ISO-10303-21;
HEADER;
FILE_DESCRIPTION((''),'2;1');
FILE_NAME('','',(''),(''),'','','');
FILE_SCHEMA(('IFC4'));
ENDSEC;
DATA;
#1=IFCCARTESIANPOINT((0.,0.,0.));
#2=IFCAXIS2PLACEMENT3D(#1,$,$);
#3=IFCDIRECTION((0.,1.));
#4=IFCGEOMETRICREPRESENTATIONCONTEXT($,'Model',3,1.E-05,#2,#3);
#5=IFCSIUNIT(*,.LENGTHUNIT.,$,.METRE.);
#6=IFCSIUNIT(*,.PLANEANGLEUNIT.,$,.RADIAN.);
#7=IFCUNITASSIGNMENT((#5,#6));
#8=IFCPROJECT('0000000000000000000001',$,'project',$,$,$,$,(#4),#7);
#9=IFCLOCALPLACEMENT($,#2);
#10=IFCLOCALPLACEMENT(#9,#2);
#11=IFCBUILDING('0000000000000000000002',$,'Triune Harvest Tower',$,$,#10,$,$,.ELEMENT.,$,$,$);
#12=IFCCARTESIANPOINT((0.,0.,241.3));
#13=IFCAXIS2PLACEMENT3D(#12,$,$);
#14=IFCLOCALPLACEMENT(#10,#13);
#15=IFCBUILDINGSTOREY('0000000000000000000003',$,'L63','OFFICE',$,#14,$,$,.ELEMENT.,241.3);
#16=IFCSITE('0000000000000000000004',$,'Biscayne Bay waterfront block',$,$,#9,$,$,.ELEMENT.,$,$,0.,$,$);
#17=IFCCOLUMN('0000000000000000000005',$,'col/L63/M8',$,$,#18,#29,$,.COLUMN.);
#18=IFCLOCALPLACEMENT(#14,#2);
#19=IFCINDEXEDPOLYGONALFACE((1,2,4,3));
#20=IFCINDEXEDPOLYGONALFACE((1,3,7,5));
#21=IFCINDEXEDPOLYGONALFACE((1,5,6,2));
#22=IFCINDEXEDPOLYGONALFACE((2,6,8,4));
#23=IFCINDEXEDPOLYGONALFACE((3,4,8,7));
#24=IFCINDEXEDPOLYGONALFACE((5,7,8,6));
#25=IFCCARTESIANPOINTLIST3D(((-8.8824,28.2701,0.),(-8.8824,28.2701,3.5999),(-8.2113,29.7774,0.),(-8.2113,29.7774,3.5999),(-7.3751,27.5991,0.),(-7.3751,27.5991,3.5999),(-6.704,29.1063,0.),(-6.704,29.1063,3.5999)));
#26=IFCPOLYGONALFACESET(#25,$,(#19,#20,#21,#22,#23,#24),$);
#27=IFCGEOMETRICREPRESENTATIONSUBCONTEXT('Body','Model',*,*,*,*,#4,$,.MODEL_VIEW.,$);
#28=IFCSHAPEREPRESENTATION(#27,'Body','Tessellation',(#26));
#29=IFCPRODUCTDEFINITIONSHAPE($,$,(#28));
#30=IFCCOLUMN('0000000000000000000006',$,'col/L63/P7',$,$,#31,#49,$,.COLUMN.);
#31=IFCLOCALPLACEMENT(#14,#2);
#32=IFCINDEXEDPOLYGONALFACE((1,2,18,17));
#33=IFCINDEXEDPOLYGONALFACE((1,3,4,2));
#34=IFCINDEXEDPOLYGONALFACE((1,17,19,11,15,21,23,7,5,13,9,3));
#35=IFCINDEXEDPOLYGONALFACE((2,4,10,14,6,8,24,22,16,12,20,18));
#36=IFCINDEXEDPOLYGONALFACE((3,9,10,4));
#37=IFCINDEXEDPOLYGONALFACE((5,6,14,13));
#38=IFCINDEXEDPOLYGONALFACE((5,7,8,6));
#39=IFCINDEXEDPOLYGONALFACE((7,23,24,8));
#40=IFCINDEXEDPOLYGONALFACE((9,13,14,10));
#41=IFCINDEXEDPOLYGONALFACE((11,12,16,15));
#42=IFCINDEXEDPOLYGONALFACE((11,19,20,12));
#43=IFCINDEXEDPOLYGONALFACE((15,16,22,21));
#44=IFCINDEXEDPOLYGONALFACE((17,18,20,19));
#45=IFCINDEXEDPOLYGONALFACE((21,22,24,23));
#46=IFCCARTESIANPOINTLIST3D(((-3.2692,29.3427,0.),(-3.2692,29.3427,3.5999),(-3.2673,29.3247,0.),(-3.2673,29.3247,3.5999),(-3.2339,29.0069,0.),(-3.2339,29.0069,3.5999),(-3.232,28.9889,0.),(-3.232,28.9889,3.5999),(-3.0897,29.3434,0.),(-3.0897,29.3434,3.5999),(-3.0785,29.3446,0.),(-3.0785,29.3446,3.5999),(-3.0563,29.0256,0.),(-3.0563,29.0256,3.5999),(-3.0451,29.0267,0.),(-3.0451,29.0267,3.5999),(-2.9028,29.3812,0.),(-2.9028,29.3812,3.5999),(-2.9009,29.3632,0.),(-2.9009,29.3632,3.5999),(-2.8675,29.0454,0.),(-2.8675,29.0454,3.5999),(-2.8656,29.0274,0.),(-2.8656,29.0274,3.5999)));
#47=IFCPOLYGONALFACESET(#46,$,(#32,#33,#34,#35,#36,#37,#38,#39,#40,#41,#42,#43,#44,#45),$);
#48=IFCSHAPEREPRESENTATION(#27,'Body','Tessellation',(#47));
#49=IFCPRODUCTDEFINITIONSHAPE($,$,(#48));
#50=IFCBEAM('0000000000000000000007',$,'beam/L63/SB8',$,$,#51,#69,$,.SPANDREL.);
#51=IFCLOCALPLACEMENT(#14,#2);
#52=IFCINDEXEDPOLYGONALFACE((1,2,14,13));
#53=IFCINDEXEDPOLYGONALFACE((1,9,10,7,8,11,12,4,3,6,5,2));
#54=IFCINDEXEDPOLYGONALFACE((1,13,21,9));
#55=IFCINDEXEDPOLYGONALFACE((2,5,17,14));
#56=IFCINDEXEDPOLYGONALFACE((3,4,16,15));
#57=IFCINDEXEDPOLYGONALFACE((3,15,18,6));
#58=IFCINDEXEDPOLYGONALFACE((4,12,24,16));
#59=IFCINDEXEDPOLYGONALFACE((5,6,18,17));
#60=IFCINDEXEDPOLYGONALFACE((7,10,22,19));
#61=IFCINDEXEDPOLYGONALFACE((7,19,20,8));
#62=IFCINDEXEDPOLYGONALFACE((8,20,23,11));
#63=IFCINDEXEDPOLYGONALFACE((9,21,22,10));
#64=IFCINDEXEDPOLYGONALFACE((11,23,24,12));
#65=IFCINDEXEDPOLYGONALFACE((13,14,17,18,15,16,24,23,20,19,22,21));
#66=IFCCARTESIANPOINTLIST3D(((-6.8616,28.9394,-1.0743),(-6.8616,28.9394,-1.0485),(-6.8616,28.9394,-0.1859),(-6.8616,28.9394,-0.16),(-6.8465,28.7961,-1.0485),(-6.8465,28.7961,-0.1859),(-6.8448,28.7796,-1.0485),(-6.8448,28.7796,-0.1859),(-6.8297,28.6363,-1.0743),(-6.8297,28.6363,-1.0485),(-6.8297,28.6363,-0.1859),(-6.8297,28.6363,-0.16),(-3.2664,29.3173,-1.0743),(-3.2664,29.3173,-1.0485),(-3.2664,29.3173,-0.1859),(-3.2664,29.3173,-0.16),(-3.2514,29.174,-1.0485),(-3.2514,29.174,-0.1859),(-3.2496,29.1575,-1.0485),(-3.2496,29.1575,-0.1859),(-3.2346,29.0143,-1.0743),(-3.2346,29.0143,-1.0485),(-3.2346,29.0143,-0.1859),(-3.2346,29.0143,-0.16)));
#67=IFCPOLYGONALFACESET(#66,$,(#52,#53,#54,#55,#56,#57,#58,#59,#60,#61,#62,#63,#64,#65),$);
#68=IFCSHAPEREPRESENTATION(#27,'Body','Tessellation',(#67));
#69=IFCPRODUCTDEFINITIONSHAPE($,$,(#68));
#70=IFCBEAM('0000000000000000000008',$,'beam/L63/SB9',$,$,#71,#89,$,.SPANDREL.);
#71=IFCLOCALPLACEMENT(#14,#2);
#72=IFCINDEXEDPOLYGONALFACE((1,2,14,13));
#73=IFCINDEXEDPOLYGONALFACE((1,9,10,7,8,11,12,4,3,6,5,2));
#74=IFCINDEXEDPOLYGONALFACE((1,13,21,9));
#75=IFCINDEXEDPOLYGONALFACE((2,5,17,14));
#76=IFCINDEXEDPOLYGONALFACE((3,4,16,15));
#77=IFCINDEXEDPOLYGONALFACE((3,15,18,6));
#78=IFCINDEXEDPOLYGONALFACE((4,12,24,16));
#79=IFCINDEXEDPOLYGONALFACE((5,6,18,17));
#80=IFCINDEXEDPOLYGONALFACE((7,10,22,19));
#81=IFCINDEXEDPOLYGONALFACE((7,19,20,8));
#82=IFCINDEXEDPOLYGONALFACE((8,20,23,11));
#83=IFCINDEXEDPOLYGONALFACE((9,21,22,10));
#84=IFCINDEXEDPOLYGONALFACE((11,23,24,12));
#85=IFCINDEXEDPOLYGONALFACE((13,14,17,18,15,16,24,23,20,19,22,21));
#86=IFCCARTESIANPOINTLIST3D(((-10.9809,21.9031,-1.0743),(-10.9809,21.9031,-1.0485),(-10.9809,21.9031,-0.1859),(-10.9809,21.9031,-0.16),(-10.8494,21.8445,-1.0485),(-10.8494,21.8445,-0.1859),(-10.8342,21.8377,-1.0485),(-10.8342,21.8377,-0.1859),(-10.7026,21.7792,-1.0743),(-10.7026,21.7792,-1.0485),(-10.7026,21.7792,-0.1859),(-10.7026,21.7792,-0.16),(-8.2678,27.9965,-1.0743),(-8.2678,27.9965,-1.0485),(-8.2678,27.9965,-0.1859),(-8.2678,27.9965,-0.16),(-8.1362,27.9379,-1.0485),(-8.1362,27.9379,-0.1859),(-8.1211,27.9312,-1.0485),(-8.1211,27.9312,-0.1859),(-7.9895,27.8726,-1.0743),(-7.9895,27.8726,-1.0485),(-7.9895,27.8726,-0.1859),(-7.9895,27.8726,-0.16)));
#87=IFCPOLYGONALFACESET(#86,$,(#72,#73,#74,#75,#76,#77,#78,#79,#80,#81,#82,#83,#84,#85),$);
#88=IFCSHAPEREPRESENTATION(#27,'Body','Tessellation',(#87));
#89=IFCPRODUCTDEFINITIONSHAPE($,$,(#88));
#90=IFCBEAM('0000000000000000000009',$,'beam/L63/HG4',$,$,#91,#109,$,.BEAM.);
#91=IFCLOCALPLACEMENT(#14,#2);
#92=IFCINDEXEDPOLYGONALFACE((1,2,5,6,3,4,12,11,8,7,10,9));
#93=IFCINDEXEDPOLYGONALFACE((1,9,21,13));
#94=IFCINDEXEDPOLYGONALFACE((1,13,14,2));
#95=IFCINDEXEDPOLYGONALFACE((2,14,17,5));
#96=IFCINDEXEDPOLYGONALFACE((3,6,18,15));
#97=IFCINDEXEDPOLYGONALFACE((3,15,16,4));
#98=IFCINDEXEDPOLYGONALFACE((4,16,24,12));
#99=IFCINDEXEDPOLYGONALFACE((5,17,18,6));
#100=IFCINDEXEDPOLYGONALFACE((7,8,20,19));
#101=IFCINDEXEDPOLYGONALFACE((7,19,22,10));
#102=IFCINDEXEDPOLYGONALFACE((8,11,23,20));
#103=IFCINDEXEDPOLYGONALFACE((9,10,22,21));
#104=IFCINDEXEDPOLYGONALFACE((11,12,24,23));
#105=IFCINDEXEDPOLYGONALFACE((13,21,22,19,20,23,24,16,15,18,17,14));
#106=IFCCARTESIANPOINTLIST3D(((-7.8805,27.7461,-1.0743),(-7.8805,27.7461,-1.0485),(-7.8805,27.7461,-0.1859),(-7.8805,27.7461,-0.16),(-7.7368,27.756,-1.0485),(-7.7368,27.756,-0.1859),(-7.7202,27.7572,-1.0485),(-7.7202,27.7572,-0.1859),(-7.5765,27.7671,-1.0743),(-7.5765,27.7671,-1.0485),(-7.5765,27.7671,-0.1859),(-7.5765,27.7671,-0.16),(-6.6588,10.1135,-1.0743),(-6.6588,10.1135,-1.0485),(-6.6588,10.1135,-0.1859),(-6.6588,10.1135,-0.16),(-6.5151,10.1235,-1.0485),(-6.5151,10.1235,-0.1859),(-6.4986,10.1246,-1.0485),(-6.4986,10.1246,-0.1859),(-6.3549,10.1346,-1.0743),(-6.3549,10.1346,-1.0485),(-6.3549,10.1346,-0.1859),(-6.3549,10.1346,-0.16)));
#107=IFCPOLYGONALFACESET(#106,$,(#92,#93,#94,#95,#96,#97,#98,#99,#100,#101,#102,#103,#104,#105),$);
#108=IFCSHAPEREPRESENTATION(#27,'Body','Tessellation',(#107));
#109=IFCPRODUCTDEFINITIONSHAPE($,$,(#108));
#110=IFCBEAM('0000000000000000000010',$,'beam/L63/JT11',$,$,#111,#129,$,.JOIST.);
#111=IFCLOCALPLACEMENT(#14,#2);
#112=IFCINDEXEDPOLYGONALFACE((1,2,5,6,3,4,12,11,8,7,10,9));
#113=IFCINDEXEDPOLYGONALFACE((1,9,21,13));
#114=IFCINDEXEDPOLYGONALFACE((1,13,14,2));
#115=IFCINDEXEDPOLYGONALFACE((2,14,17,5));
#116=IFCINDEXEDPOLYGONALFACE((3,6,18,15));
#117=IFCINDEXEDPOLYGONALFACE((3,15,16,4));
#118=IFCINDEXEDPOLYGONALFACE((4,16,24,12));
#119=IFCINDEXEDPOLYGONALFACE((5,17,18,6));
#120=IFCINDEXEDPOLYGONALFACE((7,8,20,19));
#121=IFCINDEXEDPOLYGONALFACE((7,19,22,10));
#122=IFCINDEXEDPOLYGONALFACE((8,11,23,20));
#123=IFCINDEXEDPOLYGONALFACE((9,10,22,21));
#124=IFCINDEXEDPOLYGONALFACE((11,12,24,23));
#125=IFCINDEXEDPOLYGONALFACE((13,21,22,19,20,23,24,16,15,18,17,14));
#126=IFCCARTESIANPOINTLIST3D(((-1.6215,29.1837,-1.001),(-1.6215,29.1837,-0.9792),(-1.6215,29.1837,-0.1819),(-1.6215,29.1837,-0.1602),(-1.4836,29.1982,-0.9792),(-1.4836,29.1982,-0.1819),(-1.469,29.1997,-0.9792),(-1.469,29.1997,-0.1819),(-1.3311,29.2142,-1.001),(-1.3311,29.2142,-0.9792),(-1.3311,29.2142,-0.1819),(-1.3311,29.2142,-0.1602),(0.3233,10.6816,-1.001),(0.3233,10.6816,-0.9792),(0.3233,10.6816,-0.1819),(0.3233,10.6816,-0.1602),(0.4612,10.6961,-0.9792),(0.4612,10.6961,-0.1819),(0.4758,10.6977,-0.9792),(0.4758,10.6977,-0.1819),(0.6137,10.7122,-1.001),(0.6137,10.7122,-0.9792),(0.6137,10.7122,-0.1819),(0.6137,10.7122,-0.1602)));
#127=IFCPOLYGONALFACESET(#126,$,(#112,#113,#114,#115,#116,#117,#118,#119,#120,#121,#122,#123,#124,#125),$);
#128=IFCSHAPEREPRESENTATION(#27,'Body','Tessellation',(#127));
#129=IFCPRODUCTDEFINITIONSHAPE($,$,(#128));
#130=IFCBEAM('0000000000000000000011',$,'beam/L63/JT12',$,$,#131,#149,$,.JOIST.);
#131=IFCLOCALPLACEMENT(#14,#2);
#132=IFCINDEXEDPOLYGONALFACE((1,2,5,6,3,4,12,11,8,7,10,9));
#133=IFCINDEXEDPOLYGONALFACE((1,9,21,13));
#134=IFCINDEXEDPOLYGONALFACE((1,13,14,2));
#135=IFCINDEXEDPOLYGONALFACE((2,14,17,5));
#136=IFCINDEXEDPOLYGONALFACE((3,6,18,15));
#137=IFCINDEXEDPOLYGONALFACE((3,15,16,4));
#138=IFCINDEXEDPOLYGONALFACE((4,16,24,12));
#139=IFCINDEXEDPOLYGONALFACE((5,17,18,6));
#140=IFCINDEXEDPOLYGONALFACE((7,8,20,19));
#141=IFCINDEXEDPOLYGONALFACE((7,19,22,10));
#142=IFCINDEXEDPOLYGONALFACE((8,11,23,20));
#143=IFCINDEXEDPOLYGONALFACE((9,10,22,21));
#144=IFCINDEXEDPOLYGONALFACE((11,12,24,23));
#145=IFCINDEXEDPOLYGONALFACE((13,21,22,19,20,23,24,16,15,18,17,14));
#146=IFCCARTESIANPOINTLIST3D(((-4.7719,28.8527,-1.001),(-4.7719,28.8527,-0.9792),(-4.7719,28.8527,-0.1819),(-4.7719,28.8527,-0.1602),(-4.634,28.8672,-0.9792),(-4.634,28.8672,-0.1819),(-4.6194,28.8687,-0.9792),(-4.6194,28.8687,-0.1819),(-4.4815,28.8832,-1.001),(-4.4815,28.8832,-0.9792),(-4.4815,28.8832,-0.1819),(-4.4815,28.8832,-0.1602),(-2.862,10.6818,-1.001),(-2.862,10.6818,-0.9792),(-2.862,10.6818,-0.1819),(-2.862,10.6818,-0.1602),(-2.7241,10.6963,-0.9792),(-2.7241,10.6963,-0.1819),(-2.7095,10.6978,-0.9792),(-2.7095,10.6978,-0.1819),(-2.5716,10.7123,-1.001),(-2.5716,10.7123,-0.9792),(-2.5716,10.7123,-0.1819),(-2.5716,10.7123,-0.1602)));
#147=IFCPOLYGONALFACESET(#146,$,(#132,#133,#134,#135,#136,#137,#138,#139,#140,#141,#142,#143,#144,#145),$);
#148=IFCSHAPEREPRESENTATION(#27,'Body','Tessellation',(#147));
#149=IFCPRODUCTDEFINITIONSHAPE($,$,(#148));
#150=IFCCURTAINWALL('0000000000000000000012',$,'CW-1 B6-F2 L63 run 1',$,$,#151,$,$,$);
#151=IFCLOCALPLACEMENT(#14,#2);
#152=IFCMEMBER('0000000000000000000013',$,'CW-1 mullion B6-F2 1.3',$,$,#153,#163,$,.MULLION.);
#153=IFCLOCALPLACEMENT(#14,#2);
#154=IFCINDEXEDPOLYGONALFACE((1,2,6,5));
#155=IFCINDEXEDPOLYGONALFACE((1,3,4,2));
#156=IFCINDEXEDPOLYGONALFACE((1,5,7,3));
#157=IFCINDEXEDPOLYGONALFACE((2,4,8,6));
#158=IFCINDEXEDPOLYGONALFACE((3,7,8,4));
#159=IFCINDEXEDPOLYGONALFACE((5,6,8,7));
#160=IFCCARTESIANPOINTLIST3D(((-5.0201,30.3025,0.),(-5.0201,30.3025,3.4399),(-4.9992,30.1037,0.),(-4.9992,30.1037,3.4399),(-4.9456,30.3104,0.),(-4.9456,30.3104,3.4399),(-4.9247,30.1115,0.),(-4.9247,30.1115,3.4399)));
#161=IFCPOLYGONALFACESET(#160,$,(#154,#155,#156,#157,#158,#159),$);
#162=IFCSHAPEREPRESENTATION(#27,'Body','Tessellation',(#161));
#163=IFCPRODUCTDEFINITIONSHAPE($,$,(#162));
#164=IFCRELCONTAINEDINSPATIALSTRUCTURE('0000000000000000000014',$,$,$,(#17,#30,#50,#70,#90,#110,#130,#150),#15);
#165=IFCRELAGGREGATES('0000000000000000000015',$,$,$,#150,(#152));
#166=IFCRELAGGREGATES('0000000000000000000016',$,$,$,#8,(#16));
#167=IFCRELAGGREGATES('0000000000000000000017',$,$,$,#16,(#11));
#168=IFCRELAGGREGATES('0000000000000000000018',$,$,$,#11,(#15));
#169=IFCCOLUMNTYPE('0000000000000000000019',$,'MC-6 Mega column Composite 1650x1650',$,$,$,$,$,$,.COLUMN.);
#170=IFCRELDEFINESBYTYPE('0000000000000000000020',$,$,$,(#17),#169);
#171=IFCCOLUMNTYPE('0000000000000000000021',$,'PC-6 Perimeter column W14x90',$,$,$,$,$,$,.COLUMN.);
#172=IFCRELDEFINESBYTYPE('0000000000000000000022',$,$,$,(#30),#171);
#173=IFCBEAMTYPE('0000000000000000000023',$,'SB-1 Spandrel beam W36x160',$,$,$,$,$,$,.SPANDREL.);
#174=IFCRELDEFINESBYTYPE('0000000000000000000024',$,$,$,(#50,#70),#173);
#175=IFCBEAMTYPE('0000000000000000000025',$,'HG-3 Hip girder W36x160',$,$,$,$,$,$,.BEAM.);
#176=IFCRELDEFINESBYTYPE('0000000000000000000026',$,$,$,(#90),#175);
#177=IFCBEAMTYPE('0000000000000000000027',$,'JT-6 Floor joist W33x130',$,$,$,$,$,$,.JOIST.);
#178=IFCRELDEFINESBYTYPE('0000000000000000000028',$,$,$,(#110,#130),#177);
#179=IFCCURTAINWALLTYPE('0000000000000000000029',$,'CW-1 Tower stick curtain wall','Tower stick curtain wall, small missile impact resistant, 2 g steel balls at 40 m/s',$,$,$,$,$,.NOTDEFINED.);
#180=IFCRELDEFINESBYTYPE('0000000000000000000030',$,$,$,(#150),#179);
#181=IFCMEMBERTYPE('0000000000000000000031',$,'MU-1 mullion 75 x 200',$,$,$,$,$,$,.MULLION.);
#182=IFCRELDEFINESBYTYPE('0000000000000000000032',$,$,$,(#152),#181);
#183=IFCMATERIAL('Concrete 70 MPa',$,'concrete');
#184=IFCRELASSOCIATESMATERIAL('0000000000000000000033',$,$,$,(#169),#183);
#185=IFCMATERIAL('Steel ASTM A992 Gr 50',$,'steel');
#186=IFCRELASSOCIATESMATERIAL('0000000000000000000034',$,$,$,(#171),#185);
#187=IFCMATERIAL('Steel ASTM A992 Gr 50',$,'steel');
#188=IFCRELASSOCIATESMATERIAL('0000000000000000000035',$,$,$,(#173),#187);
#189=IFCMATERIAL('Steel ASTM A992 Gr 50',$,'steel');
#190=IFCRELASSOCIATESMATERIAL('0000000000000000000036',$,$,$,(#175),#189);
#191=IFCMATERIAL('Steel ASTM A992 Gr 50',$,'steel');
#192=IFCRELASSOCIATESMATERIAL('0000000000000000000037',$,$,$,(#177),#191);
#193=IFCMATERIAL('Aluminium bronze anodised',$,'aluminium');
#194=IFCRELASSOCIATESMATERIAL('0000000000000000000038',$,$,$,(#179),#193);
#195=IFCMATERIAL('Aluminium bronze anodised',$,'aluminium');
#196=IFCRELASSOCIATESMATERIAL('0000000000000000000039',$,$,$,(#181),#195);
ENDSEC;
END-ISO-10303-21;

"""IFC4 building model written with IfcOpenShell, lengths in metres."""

from ifc_helpers import new_model, si_unit, direction, frame, origin, origin_2d, place, context, subcontext, project, spatial, rectangle, i_section, extrude, source, transform, mapped, material, material_profile, profile_set, type_object, element, aggregate, save


model = new_model("IFC4")

# Units and contexts
model_context = context("Model", 3, precision=1e-05, world=origin(), true_north=direction((0.0, 1.0)))
body_context = subcontext(model_context, "Body", "Model", "MODEL_VIEW")
ifc_project = project(units=[si_unit("LENGTHUNIT", "METRE"), si_unit("PLANEANGLEUNIT", "RADIAN")], contexts=[model_context])

# Site, building, storey
site_placement = place(None, origin())
site = spatial("IfcSite", under=ifc_project, at=site_placement, Name="Biscayne Bay waterfront block", CompositionType="ELEMENT", RefElevation=0.0)
building_placement = place(site_placement, origin())
building = spatial("IfcBuilding", under=site, at=building_placement, Name="Triune Harvest Tower", CompositionType="ELEMENT")
storey_placement = place(building_placement, frame((0.0, 0.0, 241.3)))
storey = spatial("IfcBuildingStorey", under=building, at=storey_placement, Name="L63", Description="OFFICE", CompositionType="ELEMENT", Elevation=241.3)

# Columns
ifc_material_1 = material(Name="Concrete 70 MPa", Category="concrete")
ifc_material_profile_1 = material_profile(ifc_material_1, rectangle(XDim=1.6499, YDim=1.6499, at=origin_2d()), Name="Composite 1650x1650")
ifc_profile_set_1 = profile_set([ifc_material_profile_1], Name="Concrete 70 MPa")
column_type_1 = type_object("IfcColumnType", Name="MC-6 Mega column Composite 1650x1650", PredefinedType="COLUMN", material=ifc_profile_set_1)
shared_shape_1 = source(origin(), body_context, "Body", "SweptSolid", [
    extrude(rectangle(XDim=1.6499, YDim=1.6499, at=origin_2d()), origin(), (0.0, 0.0, 1.0), 3.5999),
])
column_1_placement = place(storey_placement, frame((-7.7932, 28.6882, 0.0), z_axis=(0.0, 0.0, 1.0), x_axis=(-0.406738, -0.913545, 0.0)))
element("IfcColumn", 1, at=column_1_placement, inside=storey, type_object=column_type_1, Name="col/L63/M8", PredefinedType="COLUMN", context=body_context, shape_type="MappedRepresentation", body=[
    mapped(shared_shape_1, transform((0.0, 0.0, 0.0), scale=1.0)),
])
ifc_material_2 = material(Name="Steel ASTM A992 Gr 50", Category="steel")
ifc_material_profile_2 = material_profile(ifc_material_2, i_section(OverallWidth=0.3684, OverallDepth=0.3557, WebThickness=0.0112, FlangeThickness=0.0181, at=origin_2d()), Name="W14x90")
ifc_profile_set_2 = profile_set([ifc_material_profile_2], Name="Steel ASTM A992 Gr 50")
column_type_2 = type_object("IfcColumnType", Name="PC-6 Perimeter column W14x90", PredefinedType="COLUMN", material=ifc_profile_set_2)
shared_shape_2 = source(origin(), body_context, "Body", "SweptSolid", [
    extrude(i_section(OverallWidth=0.3684, OverallDepth=0.3557, WebThickness=0.0112, FlangeThickness=0.0181, at=origin_2d()), origin(), (0.0, 0.0, 1.0), 3.5999),
])
column_2_placement = place(storey_placement, frame((-3.0674, 29.1851, 0.0), z_axis=(0.0, 0.0, 1.0), x_axis=(-0.994522, -0.104528, 0.0)))
element("IfcColumn", 2, at=column_2_placement, inside=storey, type_object=column_type_2, Name="col/L63/P7", PredefinedType="COLUMN", context=body_context, shape_type="MappedRepresentation", body=[
    mapped(shared_shape_2, transform((0.0, 0.0, 0.0), scale=1.0)),
])

# Beams
ifc_material_3 = material(Name="Steel ASTM A992 Gr 50", Category="steel")
ifc_material_profile_3 = material_profile(ifc_material_3, i_section(OverallWidth=0.3047, OverallDepth=0.9143, WebThickness=0.0166, FlangeThickness=0.0259, at=origin_2d()), Name="W36x160")
ifc_profile_set_3 = profile_set([ifc_material_profile_3], Name="Steel ASTM A992 Gr 50")
beam_type_1 = type_object("IfcBeamType", Name="SB-1 Spandrel beam W36x160", PredefinedType="SPANDREL", material=ifc_profile_set_3)
shared_shape_3 = source(origin(), body_context, "Body", "SweptSolid", [
    extrude(i_section(OverallWidth=0.3047, OverallDepth=0.9143, WebThickness=0.0166, FlangeThickness=0.0259, at=origin_2d()), origin(), (0.0, 0.0, 1.0), 3.615),
])
beam_1_placement = place(storey_placement, frame((-3.2505, 29.1658, -0.6172), z_axis=(-0.99452, -0.104544, 0.0), x_axis=(0.104544, -0.99452, 0.0)))
element("IfcBeam", 3, at=beam_1_placement, inside=storey, type_object=beam_type_1, Name="beam/L63/SB8", PredefinedType="SPANDREL", context=body_context, shape_type="MappedRepresentation", body=[
    mapped(shared_shape_3, transform((0.0, 0.0, 0.0), scale=1.0)),
])
shared_shape_4 = source(origin(), body_context, "Body", "SweptSolid", [
    extrude(i_section(OverallWidth=0.3047, OverallDepth=0.9143, WebThickness=0.0166, FlangeThickness=0.0259, at=origin_2d()), origin(), (0.0, 0.0, 1.0), 6.6702),
])
beam_2_placement = place(storey_placement, frame((-8.1287, 27.9346, -0.6172), z_axis=(-0.406753, -0.913538, 0.0), x_axis=(0.913538, -0.406753, 0.0)))
element("IfcBeam", 4, at=beam_2_placement, inside=storey, type_object=beam_type_1, Name="beam/L63/SB9", PredefinedType="SPANDREL", context=body_context, shape_type="MappedRepresentation", body=[
    mapped(shared_shape_4, transform((0.0, 0.0, 0.0), scale=1.0)),
])
ifc_material_4 = material(Name="Steel ASTM A992 Gr 50", Category="steel")
ifc_material_profile_4 = material_profile(ifc_material_4, i_section(OverallWidth=0.3047, OverallDepth=0.9143, WebThickness=0.0166, FlangeThickness=0.0259, at=origin_2d()), Name="W36x160")
ifc_profile_set_4 = profile_set([ifc_material_profile_4], Name="Steel ASTM A992 Gr 50")
beam_type_2 = type_object("IfcBeamType", Name="HG-3 Hip girder W36x160", PredefinedType="BEAM", material=ifc_profile_set_4)
shared_shape_5 = source(origin(), body_context, "Body", "SweptSolid", [
    extrude(i_section(OverallWidth=0.3047, OverallDepth=0.9143, WebThickness=0.0166, FlangeThickness=0.0259, at=origin_2d()), origin(), (0.0, 0.0, 1.0), 17.6748),
])
beam_3_placement = place(storey_placement, frame((-7.7285, 27.7566, -0.6172), z_axis=(0.06912, -0.997608, 0.0), x_axis=(0.997608, 0.06912, 0.0)))
element("IfcBeam", 5, at=beam_3_placement, inside=storey, type_object=beam_type_2, Name="beam/L63/HG4", PredefinedType="BEAM", context=body_context, shape_type="MappedRepresentation", body=[
    mapped(shared_shape_5, transform((0.0, 0.0, 0.0), scale=1.0)),
])
ifc_material_5 = material(Name="Steel ASTM A992 Gr 50", Category="steel")
ifc_material_profile_5 = material_profile(ifc_material_5, i_section(OverallWidth=0.292, OverallDepth=0.8408, WebThickness=0.0146, FlangeThickness=0.0217, at=origin_2d()), Name="W33x130")
ifc_profile_set_5 = profile_set([ifc_material_profile_5], Name="Steel ASTM A992 Gr 50")
beam_type_3 = type_object("IfcBeamType", Name="JT-6 Floor joist W33x130", PredefinedType="JOIST", material=ifc_profile_set_5)
shared_shape_6 = source(origin(), body_context, "Body", "SweptSolid", [
    extrude(i_section(OverallWidth=0.292, OverallDepth=0.8408, WebThickness=0.0146, FlangeThickness=0.0217, at=origin_2d()), origin(), (0.0, 0.0, 1.0), 18.604),
])
beam_4_placement = place(storey_placement, frame((-1.4763, 29.199, -0.5806), z_axis=(0.104539, -0.994521, 0.0), x_axis=(0.994521, 0.104539, 0.0)))
element("IfcBeam", 6, at=beam_4_placement, inside=storey, type_object=beam_type_3, Name="beam/L63/JT11", PredefinedType="JOIST", context=body_context, shape_type="MappedRepresentation", body=[
    mapped(shared_shape_6, transform((0.0, 0.0, 0.0), scale=1.0)),
])
shared_shape_7 = source(origin(), body_context, "Body", "SweptSolid", [
    extrude(i_section(OverallWidth=0.292, OverallDepth=0.8408, WebThickness=0.0146, FlangeThickness=0.0217, at=origin_2d()), origin(), (0.0, 0.0, 1.0), 18.271),
])
beam_5_placement = place(storey_placement, frame((-4.6267, 28.8679, -0.5806), z_axis=(0.104532, -0.994521, 0.0), x_axis=(0.994521, 0.104532, 0.0)))
element("IfcBeam", 7, at=beam_5_placement, inside=storey, type_object=beam_type_3, Name="beam/L63/JT12", PredefinedType="JOIST", context=body_context, shape_type="MappedRepresentation", body=[
    mapped(shared_shape_7, transform((0.0, 0.0, 0.0), scale=1.0)),
])

# Curtain wall, member
ifc_material_6 = material(Name="Aluminium bronze anodised", Category="aluminium")
curtain_wall_type_1 = type_object("IfcCurtainWallType", Name="CW-1 Tower stick curtain wall", Description="Tower stick curtain wall, small missile impact resistant, 2 g steel balls at 40 m/s", PredefinedType="NOTDEFINED", material=ifc_material_6)
curtain_wall_1_placement = place(storey_placement, origin())
curtain_wall_1 = element("IfcCurtainWall", 8, at=curtain_wall_1_placement, inside=storey, type_object=curtain_wall_type_1, Name="CW-1 B6-F2 L63 run 1")
ifc_material_7 = material(Name="Aluminium bronze anodised", Category="aluminium")
ifc_material_profile_6 = material_profile(ifc_material_7, rectangle(XDim=0.2, YDim=0.075, at=origin_2d()), Name="MU-1 mullion 75 x 200")
ifc_profile_set_6 = profile_set([ifc_material_profile_6], Name="Aluminium bronze anodised")
member_type_1 = type_object("IfcMemberType", Name="MU-1 mullion 75 x 200", PredefinedType="MULLION", material=ifc_profile_set_6)
shared_shape_8 = source(origin(), body_context, "Body", "SweptSolid", [
    extrude(rectangle(XDim=0.2, YDim=0.075, at=origin_2d()), origin(), (0.0, 0.0, 1.0), 3.4399),
])
member_1_placement = place(storey_placement, frame((-4.9724, 30.207, 0.0), z_axis=(0.0, 0.0, 1.0), x_axis=(0.10453, -0.994522, 0.0)))
member_1 = element("IfcMember", 9, at=member_1_placement, type_object=member_type_1, Name="CW-1 mullion B6-F2 1.3", PredefinedType="MULLION", context=body_context, shape_type="MappedRepresentation", body=[
    mapped(shared_shape_8, transform((0.0, 0.0, 0.0), scale=1.0)),
])

aggregate(curtain_wall_1, [member_1])

save(model, "model.ifc")
